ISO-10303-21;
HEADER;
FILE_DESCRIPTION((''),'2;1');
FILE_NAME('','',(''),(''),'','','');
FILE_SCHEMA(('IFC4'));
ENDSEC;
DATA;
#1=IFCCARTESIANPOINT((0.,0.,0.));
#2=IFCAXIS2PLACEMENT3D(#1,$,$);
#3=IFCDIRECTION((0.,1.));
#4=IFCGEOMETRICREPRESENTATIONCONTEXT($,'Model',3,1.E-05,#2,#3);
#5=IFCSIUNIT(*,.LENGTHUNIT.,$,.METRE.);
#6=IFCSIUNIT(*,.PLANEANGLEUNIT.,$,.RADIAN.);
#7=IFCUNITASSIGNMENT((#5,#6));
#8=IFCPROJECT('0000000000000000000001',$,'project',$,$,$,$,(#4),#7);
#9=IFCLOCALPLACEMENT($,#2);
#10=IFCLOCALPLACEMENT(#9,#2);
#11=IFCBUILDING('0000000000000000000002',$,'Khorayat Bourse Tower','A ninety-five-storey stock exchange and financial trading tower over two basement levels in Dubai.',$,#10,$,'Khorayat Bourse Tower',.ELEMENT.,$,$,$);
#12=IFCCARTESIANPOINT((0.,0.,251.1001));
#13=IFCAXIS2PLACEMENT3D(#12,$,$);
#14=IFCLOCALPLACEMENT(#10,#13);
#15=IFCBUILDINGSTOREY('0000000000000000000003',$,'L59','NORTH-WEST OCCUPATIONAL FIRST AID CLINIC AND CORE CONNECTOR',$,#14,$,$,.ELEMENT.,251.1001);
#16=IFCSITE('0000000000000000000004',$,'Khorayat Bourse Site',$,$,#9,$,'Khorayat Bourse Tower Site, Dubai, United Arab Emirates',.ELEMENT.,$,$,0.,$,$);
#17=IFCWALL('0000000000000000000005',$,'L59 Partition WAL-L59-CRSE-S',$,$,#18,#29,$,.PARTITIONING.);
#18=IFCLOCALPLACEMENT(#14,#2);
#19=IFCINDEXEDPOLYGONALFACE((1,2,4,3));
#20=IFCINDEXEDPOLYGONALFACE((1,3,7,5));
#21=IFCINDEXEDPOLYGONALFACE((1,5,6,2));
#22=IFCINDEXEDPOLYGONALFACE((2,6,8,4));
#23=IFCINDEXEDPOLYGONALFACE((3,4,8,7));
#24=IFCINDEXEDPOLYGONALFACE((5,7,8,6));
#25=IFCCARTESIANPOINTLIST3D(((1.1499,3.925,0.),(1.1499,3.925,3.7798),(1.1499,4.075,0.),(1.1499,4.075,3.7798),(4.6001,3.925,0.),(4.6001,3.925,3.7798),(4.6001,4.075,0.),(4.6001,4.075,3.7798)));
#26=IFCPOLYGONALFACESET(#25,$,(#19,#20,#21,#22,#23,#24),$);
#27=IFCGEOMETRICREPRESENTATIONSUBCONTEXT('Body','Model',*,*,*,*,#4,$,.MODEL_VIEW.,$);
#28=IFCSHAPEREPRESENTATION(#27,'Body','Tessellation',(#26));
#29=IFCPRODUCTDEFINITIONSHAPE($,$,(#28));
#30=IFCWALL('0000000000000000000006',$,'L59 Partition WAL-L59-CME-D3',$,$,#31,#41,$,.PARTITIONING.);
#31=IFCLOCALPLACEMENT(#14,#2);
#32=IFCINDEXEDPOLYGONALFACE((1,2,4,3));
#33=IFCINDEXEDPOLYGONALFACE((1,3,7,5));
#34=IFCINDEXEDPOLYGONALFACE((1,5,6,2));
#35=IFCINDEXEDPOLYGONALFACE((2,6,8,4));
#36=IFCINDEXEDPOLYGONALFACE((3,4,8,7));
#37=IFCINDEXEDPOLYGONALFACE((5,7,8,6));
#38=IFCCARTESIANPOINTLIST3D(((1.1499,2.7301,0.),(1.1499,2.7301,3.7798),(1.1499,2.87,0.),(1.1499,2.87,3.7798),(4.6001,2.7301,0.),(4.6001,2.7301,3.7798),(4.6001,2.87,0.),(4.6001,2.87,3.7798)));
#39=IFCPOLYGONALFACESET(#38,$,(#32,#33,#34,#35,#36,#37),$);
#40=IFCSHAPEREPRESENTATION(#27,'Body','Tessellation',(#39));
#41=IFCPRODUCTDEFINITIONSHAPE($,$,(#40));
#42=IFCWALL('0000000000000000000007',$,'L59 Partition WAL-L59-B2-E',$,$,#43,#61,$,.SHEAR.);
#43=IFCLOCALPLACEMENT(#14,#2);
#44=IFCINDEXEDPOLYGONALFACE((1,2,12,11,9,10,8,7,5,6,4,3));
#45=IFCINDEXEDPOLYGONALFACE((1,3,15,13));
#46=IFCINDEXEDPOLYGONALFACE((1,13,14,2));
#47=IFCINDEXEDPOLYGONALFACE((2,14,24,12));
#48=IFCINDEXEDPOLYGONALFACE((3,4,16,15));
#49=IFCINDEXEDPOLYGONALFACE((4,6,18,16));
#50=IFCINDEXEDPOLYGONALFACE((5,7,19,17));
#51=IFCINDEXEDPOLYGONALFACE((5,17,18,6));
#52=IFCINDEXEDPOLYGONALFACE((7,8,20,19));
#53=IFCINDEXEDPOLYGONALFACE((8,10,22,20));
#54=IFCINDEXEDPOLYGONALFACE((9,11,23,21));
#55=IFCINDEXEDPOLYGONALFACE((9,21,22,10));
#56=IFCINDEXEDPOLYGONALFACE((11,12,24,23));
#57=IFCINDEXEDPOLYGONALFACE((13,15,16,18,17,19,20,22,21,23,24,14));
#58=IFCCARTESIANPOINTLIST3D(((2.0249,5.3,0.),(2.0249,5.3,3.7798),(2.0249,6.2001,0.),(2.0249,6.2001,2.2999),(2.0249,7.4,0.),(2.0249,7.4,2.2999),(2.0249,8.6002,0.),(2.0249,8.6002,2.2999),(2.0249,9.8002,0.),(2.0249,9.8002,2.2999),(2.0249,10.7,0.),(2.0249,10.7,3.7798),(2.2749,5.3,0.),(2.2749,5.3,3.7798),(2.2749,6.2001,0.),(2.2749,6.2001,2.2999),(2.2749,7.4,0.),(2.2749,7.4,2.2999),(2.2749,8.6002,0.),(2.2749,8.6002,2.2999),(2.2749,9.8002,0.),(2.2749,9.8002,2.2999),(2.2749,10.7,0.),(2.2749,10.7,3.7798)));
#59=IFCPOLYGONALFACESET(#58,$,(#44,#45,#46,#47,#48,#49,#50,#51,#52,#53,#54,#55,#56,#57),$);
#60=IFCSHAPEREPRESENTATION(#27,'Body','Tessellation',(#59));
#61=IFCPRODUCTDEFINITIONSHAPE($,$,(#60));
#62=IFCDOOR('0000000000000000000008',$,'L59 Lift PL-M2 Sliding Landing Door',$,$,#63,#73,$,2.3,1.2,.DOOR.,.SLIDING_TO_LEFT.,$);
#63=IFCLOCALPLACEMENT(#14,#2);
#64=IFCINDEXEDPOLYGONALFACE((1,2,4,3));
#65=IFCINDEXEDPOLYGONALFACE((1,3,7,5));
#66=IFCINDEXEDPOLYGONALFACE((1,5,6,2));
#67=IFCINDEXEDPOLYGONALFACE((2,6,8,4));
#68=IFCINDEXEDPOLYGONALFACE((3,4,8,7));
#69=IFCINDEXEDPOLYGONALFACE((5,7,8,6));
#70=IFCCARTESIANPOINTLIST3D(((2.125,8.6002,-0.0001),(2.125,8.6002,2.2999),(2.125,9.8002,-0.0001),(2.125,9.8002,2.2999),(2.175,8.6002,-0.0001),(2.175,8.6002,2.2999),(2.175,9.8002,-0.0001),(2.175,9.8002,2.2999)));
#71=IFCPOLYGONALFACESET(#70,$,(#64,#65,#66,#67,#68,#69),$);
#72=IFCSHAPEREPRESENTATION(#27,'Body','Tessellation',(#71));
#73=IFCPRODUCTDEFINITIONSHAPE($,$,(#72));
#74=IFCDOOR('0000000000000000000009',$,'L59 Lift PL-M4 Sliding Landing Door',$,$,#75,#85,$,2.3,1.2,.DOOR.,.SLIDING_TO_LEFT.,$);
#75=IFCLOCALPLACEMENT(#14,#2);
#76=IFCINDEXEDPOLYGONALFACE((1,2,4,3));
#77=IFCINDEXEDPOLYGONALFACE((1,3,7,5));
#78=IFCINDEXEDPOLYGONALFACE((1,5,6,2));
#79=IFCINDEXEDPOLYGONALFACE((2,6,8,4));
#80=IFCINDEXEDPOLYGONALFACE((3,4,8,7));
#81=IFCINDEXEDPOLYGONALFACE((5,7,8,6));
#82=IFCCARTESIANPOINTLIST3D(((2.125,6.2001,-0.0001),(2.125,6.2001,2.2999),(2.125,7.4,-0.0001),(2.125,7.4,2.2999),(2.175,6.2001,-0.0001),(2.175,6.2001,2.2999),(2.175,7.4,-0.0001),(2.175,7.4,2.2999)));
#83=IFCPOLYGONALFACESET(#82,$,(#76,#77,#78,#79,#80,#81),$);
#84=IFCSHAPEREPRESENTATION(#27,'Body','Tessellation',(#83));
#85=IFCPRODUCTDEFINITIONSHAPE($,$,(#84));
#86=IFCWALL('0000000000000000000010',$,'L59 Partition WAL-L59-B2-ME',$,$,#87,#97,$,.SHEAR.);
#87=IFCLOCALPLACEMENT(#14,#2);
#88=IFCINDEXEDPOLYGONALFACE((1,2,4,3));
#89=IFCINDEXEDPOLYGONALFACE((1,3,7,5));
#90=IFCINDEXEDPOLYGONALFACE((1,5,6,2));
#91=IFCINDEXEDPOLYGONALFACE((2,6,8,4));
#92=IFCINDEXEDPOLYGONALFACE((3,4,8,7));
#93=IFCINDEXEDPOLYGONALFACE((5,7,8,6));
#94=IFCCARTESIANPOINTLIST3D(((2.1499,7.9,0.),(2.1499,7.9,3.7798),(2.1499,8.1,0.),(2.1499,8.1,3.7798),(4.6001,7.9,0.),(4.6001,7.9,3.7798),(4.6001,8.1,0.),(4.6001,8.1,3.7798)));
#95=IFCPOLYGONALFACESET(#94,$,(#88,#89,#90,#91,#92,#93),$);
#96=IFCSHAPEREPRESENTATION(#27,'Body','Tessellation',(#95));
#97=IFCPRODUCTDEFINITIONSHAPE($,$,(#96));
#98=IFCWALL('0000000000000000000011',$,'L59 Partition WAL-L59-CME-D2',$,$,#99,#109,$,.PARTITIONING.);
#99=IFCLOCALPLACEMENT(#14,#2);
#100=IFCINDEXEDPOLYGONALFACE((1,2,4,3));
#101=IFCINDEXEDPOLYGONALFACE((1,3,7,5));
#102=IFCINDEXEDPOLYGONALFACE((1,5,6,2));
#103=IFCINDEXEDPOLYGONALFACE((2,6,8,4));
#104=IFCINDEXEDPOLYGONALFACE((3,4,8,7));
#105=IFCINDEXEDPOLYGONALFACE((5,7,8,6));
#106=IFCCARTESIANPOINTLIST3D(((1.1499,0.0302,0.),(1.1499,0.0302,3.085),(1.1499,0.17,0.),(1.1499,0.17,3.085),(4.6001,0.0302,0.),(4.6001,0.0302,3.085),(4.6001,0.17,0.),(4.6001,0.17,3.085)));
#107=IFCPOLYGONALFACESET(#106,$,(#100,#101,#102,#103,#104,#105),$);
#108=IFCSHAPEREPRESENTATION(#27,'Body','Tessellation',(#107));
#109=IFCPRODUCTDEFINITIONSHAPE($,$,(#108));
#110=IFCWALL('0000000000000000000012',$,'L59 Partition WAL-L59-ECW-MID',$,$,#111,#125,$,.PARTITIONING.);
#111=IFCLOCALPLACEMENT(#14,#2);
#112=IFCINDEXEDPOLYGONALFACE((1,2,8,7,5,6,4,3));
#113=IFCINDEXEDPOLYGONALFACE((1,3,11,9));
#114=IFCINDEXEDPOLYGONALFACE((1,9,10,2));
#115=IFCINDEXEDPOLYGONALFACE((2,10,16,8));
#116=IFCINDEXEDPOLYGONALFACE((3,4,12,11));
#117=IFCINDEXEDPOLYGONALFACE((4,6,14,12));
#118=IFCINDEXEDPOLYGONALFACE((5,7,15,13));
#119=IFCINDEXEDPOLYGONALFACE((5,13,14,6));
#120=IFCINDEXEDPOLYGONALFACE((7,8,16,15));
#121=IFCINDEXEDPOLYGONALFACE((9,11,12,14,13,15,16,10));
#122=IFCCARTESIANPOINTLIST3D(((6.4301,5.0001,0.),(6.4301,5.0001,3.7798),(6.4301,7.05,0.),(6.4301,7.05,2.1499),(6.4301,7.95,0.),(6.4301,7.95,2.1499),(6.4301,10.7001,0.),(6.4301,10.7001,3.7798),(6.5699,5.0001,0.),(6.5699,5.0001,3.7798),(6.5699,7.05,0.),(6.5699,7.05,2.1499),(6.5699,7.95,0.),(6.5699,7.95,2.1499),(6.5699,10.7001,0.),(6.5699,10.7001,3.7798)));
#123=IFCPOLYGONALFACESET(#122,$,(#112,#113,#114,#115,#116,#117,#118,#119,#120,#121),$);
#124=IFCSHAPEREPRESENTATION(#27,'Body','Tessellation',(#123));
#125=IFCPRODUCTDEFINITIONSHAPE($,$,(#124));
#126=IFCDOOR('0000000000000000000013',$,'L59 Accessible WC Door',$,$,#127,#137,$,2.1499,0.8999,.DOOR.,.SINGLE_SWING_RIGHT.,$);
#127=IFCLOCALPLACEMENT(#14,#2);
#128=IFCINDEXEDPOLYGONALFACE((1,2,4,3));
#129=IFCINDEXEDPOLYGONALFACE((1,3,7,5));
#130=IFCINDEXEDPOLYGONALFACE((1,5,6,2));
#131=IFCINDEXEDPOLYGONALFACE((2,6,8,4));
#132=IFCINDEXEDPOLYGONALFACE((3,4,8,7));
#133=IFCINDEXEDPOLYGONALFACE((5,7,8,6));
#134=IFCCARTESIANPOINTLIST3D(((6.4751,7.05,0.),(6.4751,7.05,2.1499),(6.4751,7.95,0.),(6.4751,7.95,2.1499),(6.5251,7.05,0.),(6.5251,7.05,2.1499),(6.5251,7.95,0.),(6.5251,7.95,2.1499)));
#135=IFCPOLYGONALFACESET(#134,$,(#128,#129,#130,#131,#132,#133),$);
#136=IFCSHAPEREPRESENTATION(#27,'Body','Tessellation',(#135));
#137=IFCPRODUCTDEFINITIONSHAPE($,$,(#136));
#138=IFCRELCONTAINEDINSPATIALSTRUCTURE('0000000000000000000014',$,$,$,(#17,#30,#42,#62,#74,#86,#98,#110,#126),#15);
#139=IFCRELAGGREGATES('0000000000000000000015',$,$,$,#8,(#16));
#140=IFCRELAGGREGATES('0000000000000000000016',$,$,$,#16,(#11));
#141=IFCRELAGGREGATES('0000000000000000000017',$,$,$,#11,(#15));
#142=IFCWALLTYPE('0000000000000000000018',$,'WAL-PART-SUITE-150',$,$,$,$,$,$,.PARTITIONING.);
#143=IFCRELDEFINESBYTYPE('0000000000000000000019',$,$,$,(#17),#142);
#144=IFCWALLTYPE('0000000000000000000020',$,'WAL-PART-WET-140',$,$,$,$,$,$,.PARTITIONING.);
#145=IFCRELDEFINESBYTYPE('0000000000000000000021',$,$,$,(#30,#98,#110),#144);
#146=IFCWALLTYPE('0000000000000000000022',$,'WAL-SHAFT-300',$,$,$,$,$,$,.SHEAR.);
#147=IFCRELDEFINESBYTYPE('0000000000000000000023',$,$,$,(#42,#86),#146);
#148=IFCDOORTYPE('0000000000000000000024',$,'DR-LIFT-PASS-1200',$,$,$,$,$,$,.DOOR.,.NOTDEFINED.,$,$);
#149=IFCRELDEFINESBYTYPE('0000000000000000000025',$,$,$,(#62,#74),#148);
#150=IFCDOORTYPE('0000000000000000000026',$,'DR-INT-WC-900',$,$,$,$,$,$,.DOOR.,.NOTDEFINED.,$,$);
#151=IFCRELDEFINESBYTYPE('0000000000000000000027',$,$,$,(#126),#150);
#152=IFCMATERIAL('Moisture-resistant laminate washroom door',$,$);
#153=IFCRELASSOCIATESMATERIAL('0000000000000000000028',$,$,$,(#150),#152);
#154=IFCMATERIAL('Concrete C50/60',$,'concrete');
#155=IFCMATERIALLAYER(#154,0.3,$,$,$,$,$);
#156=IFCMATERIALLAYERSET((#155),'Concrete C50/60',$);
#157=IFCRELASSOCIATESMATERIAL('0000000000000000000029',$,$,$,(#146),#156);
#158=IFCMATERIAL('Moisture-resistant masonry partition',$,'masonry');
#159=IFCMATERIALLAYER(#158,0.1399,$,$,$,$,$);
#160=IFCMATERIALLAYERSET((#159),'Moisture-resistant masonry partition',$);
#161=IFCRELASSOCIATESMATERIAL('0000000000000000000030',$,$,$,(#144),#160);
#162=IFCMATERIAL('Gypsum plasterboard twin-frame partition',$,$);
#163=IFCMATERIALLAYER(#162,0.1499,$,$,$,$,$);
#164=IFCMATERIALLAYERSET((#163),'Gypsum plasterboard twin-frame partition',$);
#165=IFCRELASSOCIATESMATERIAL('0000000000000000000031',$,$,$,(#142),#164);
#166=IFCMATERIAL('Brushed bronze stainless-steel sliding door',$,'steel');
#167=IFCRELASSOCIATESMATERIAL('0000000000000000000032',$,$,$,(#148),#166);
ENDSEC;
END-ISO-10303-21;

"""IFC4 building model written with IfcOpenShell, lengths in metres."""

from ifc_helpers import new_model, si_unit, direction, frame, frame_2d, origin, place, context, subcontext, project, spatial, rectangle, extrude, source, transform, mapped, material, layer, layer_set, type_object, element, fill, save


model = new_model("IFC4")

# Units and contexts
model_context = context("Model", 3, precision=1e-05, world=origin(), true_north=direction((0.0, 1.0)))
body_context = subcontext(model_context, "Body", "Model", "MODEL_VIEW")
ifc_project = project(units=[si_unit("LENGTHUNIT", "METRE"), si_unit("PLANEANGLEUNIT", "RADIAN")], contexts=[model_context])

# Site, building, storey
site_placement = place(None, origin())
site = spatial("IfcSite", under=ifc_project, at=site_placement, Name="Khorayat Bourse Site", LongName="Khorayat Bourse Tower Site, Dubai, United Arab Emirates", CompositionType="ELEMENT", RefElevation=0.0)
building_placement = place(site_placement, origin())
building = spatial("IfcBuilding", under=site, at=building_placement, Name="Khorayat Bourse Tower", Description="A ninety-five-storey stock exchange and financial trading tower over two basement levels in Dubai.", LongName="Khorayat Bourse Tower", CompositionType="ELEMENT")
storey_placement = place(building_placement, frame((0.0, 0.0, 251.1001)))
storey = spatial("IfcBuildingStorey", under=building, at=storey_placement, Name="L59", Description="NORTH-WEST OCCUPATIONAL FIRST AID CLINIC AND CORE CONNECTOR", CompositionType="ELEMENT", Elevation=251.1001)

# Shared definitions
ifc_material_1 = material(Name="Moisture-resistant laminate washroom door")
door_type_1 = type_object("IfcDoorType", Name="DR-INT-WC-900", OperationType="NOTDEFINED", PredefinedType="DOOR", material=ifc_material_1)
shared_shape_1 = source(origin(), body_context, "Body", "SweptSolid", [
    extrude(rectangle(XDim=0.8999, YDim=2.1499, at=frame_2d((0.45, 1.075))), frame((0.0, 0.0249, 0.0), z_axis=(0.0, -1.0, 0.0), x_axis=(1.0, 0.0, 0.0)), (0.0, 0.0, 1.0), 0.05),
])

# Shared definitions
ifc_material_2 = material(Name="Concrete C50/60", Category="concrete")
ifc_layer_1 = layer(ifc_material_2, 0.3)
ifc_layer_set_1 = layer_set([ifc_layer_1], Name="Concrete C50/60")
wall_type_1 = type_object("IfcWallType", Name="WAL-SHAFT-300", PredefinedType="SHEAR", material=ifc_layer_set_1)
ifc_material_3 = material(Name="Moisture-resistant masonry partition", Category="masonry")
ifc_layer_2 = layer(ifc_material_3, 0.1399)
ifc_layer_set_2 = layer_set([ifc_layer_2], Name="Moisture-resistant masonry partition")
wall_type_2 = type_object("IfcWallType", Name="WAL-PART-WET-140", PredefinedType="PARTITIONING", material=ifc_layer_set_2)

# Shared definitions
shared_shape_2 = source(origin(), body_context, "Body", "SweptSolid", [
    extrude(rectangle(XDim=0.8999, YDim=2.1499, at=frame_2d((0.45, 1.075))), frame((0.0, 0.0798, 0.0), z_axis=(0.0, -1.0, 0.0), x_axis=(1.0, 0.0, 0.0)), (0.0, 0.0, 1.0), 0.1599),
])

# Walls
ifc_material_4 = material(Name="Gypsum plasterboard twin-frame partition")
ifc_layer_3 = layer(ifc_material_4, 0.1499)
ifc_layer_set_3 = layer_set([ifc_layer_3], Name="Gypsum plasterboard twin-frame partition")
wall_type_3 = type_object("IfcWallType", Name="WAL-PART-SUITE-150", PredefinedType="PARTITIONING", material=ifc_layer_set_3)
shared_shape_3 = source(origin(), body_context, "Body", "SweptSolid", [
    extrude(rectangle(XDim=3.4502, YDim=0.1499, at=frame_2d((1.7251, 0.0))), origin(), (0.0, 0.0, 1.0), 3.7798),
])
wall_1_placement = place(storey_placement, frame((1.1499, 4.0, 0.0), z_axis=(0.0, 0.0, 1.0), x_axis=(1.0, 0.0, 0.0)))
element("IfcWall", 1, at=wall_1_placement, inside=storey, type_object=wall_type_3, Name="L59 Partition WAL-L59-CRSE-S", PredefinedType="PARTITIONING", context=body_context, shape_type="MappedRepresentation", body=[
    mapped(shared_shape_3, transform((0.0, 0.0, 0.0), scale=1.0)),
])
shared_shape_4 = source(origin(), body_context, "Body", "SweptSolid", [
    extrude(rectangle(XDim=3.4502, YDim=0.1399, at=frame_2d((1.7251, 0.0))), origin(), (0.0, 0.0, 1.0), 3.7798),
])
wall_2_placement = place(storey_placement, frame((1.1499, 2.8, 0.0), z_axis=(0.0, 0.0, 1.0), x_axis=(1.0, 0.0, 0.0)))
element("IfcWall", 2, at=wall_2_placement, inside=storey, type_object=wall_type_2, Name="L59 Partition WAL-L59-CME-D3", PredefinedType="PARTITIONING", context=body_context, shape_type="MappedRepresentation", body=[
    mapped(shared_shape_4, transform((0.0, 0.0, 0.0), scale=1.0)),
])

# Wall, openings, doors
shared_shape_5 = source(origin(), body_context, "Body", "SweptSolid", [
    extrude(rectangle(XDim=5.3999, YDim=0.25, at=frame_2d((2.7, 0.0))), origin(), (0.0, 0.0, 1.0), 3.7798),
])
wall_3_placement = place(storey_placement, frame((2.1499, 5.3, 0.0), z_axis=(0.0, 0.0, 1.0), x_axis=(0.0, 1.0, 0.0)))
wall_3 = element("IfcWall", 3, at=wall_3_placement, inside=storey, type_object=wall_type_1, Name="L59 Partition WAL-L59-B2-E", PredefinedType="SHEAR", context=body_context, shape_type="MappedRepresentation", body=[
    mapped(shared_shape_5, transform((0.0, 0.0, 0.0), scale=1.0)),
])
shared_shape_6 = source(origin(), body_context, "Body", "SweptSolid", [
    extrude(rectangle(XDim=1.2, YDim=2.3, at=frame_2d((0.6001, 1.1499))), frame((0.0, 0.135, 0.0), z_axis=(0.0, -1.0, 0.0), x_axis=(1.0, 0.0, 0.0)), (0.0, 0.0, 1.0), 0.27),
])
opening_1_placement = place(wall_3_placement, frame((3.3, 0.0, 0.0)))
opening_1 = element("IfcOpeningElement", 4, at=opening_1_placement, cuts=wall_3, PredefinedType="OPENING", context=body_context, shape_type="MappedRepresentation", body=[
    mapped(shared_shape_6, transform((0.0, 0.0, 0.0), scale=1.0)),
])
opening_2_placement = place(wall_3_placement, frame((0.8999, 0.0, 0.0)))
opening_2 = element("IfcOpeningElement", 5, at=opening_2_placement, cuts=wall_3, PredefinedType="OPENING", context=body_context, shape_type="MappedRepresentation", body=[
    mapped(shared_shape_6, transform((0.0, 0.0, 0.0), scale=1.0)),
])
ifc_material_5 = material(Name="Brushed bronze stainless-steel sliding door", Category="steel")
door_type_2 = type_object("IfcDoorType", Name="DR-LIFT-PASS-1200", OperationType="NOTDEFINED", PredefinedType="DOOR", material=ifc_material_5)
shared_shape_7 = source(origin(), body_context, "Body", "SweptSolid", [
    extrude(rectangle(XDim=1.2, YDim=2.3, at=frame_2d((0.6001, 1.1499))), frame((0.0, 0.0249, 0.0), z_axis=(0.0, -1.0, 0.0), x_axis=(1.0, 0.0, 0.0)), (0.0, 0.0, 1.0), 0.05),
])
door_1_placement = place(opening_1_placement, origin())
door_1 = element("IfcDoor", 6, at=door_1_placement, inside=storey, type_object=door_type_2, Name="L59 Lift PL-M2 Sliding Landing Door", OperationType="SLIDING_TO_LEFT", OverallHeight=2.3, OverallWidth=1.2, PredefinedType="DOOR", context=body_context, shape_type="MappedRepresentation", body=[
    mapped(shared_shape_7, transform((0.0, 0.0, 0.0), scale=1.0)),
])
fill(opening_1, door_1)
door_2_placement = place(opening_2_placement, origin())
door_2 = element("IfcDoor", 7, at=door_2_placement, inside=storey, type_object=door_type_2, Name="L59 Lift PL-M4 Sliding Landing Door", OperationType="SLIDING_TO_LEFT", OverallHeight=2.3, OverallWidth=1.2, PredefinedType="DOOR", context=body_context, shape_type="MappedRepresentation", body=[
    mapped(shared_shape_7, transform((0.0, 0.0, 0.0), scale=1.0)),
])
fill(opening_2, door_2)

# Walls
shared_shape_8 = source(origin(), body_context, "Body", "SweptSolid", [
    extrude(rectangle(XDim=2.4502, YDim=0.2, at=frame_2d((1.2251, 0.0))), origin(), (0.0, 0.0, 1.0), 3.7798),
])
wall_4_placement = place(storey_placement, frame((2.1499, 8.0, 0.0), z_axis=(0.0, 0.0, 1.0), x_axis=(1.0, 0.0, 0.0)))
element("IfcWall", 8, at=wall_4_placement, inside=storey, type_object=wall_type_1, Name="L59 Partition WAL-L59-B2-ME", PredefinedType="SHEAR", context=body_context, shape_type="MappedRepresentation", body=[
    mapped(shared_shape_8, transform((0.0, 0.0, 0.0), scale=1.0)),
])
shared_shape_9 = source(origin(), body_context, "Body", "SweptSolid", [
    extrude(rectangle(XDim=3.4502, YDim=0.1399, at=frame_2d((1.7251, 0.0))), origin(), (0.0, 0.0, 1.0), 3.085),
])
wall_5_placement = place(storey_placement, frame((1.1499, 0.1001, 0.0), z_axis=(0.0, 0.0, 1.0), x_axis=(1.0, 0.0, 0.0)))
element("IfcWall", 9, at=wall_5_placement, inside=storey, type_object=wall_type_2, Name="L59 Partition WAL-L59-CME-D2", PredefinedType="PARTITIONING", context=body_context, shape_type="MappedRepresentation", body=[
    mapped(shared_shape_9, transform((0.0, 0.0, 0.0), scale=1.0)),
])

# Wall, opening, door
shared_shape_10 = source(origin(), body_context, "Body", "SweptSolid", [
    extrude(rectangle(XDim=5.7, YDim=0.1399, at=frame_2d((2.8501, 0.0))), origin(), (0.0, 0.0, 1.0), 3.7798),
])
wall_6_placement = place(storey_placement, frame((6.5, 5.0, 0.0), z_axis=(0.0, 0.0, 1.0), x_axis=(0.0, 1.0, 0.0)))
wall_6 = element("IfcWall", 10, at=wall_6_placement, inside=storey, type_object=wall_type_2, Name="L59 Partition WAL-L59-ECW-MID", PredefinedType="PARTITIONING", context=body_context, shape_type="MappedRepresentation", body=[
    mapped(shared_shape_10, transform((0.0, 0.0, 0.0), scale=1.0)),
])
opening_3_placement = place(wall_6_placement, frame((2.05, 0.0, 0.0)))
opening_3 = element("IfcOpeningElement", 11, at=opening_3_placement, cuts=wall_6, PredefinedType="OPENING", context=body_context, shape_type="MappedRepresentation", body=[
    mapped(shared_shape_2, transform((0.0, 0.0, 0.0), scale=1.0)),
])
door_3_placement = place(opening_3_placement, origin())
door_3 = element("IfcDoor", 12, at=door_3_placement, inside=storey, type_object=door_type_1, Name="L59 Accessible WC Door", OperationType="SINGLE_SWING_RIGHT", OverallHeight=2.1499, OverallWidth=0.8999, PredefinedType="DOOR", context=body_context, shape_type="MappedRepresentation", body=[
    mapped(shared_shape_1, transform((0.0, 0.0, 0.0), scale=1.0)),
])
fill(opening_3, door_3)

save(model, "model.ifc")
